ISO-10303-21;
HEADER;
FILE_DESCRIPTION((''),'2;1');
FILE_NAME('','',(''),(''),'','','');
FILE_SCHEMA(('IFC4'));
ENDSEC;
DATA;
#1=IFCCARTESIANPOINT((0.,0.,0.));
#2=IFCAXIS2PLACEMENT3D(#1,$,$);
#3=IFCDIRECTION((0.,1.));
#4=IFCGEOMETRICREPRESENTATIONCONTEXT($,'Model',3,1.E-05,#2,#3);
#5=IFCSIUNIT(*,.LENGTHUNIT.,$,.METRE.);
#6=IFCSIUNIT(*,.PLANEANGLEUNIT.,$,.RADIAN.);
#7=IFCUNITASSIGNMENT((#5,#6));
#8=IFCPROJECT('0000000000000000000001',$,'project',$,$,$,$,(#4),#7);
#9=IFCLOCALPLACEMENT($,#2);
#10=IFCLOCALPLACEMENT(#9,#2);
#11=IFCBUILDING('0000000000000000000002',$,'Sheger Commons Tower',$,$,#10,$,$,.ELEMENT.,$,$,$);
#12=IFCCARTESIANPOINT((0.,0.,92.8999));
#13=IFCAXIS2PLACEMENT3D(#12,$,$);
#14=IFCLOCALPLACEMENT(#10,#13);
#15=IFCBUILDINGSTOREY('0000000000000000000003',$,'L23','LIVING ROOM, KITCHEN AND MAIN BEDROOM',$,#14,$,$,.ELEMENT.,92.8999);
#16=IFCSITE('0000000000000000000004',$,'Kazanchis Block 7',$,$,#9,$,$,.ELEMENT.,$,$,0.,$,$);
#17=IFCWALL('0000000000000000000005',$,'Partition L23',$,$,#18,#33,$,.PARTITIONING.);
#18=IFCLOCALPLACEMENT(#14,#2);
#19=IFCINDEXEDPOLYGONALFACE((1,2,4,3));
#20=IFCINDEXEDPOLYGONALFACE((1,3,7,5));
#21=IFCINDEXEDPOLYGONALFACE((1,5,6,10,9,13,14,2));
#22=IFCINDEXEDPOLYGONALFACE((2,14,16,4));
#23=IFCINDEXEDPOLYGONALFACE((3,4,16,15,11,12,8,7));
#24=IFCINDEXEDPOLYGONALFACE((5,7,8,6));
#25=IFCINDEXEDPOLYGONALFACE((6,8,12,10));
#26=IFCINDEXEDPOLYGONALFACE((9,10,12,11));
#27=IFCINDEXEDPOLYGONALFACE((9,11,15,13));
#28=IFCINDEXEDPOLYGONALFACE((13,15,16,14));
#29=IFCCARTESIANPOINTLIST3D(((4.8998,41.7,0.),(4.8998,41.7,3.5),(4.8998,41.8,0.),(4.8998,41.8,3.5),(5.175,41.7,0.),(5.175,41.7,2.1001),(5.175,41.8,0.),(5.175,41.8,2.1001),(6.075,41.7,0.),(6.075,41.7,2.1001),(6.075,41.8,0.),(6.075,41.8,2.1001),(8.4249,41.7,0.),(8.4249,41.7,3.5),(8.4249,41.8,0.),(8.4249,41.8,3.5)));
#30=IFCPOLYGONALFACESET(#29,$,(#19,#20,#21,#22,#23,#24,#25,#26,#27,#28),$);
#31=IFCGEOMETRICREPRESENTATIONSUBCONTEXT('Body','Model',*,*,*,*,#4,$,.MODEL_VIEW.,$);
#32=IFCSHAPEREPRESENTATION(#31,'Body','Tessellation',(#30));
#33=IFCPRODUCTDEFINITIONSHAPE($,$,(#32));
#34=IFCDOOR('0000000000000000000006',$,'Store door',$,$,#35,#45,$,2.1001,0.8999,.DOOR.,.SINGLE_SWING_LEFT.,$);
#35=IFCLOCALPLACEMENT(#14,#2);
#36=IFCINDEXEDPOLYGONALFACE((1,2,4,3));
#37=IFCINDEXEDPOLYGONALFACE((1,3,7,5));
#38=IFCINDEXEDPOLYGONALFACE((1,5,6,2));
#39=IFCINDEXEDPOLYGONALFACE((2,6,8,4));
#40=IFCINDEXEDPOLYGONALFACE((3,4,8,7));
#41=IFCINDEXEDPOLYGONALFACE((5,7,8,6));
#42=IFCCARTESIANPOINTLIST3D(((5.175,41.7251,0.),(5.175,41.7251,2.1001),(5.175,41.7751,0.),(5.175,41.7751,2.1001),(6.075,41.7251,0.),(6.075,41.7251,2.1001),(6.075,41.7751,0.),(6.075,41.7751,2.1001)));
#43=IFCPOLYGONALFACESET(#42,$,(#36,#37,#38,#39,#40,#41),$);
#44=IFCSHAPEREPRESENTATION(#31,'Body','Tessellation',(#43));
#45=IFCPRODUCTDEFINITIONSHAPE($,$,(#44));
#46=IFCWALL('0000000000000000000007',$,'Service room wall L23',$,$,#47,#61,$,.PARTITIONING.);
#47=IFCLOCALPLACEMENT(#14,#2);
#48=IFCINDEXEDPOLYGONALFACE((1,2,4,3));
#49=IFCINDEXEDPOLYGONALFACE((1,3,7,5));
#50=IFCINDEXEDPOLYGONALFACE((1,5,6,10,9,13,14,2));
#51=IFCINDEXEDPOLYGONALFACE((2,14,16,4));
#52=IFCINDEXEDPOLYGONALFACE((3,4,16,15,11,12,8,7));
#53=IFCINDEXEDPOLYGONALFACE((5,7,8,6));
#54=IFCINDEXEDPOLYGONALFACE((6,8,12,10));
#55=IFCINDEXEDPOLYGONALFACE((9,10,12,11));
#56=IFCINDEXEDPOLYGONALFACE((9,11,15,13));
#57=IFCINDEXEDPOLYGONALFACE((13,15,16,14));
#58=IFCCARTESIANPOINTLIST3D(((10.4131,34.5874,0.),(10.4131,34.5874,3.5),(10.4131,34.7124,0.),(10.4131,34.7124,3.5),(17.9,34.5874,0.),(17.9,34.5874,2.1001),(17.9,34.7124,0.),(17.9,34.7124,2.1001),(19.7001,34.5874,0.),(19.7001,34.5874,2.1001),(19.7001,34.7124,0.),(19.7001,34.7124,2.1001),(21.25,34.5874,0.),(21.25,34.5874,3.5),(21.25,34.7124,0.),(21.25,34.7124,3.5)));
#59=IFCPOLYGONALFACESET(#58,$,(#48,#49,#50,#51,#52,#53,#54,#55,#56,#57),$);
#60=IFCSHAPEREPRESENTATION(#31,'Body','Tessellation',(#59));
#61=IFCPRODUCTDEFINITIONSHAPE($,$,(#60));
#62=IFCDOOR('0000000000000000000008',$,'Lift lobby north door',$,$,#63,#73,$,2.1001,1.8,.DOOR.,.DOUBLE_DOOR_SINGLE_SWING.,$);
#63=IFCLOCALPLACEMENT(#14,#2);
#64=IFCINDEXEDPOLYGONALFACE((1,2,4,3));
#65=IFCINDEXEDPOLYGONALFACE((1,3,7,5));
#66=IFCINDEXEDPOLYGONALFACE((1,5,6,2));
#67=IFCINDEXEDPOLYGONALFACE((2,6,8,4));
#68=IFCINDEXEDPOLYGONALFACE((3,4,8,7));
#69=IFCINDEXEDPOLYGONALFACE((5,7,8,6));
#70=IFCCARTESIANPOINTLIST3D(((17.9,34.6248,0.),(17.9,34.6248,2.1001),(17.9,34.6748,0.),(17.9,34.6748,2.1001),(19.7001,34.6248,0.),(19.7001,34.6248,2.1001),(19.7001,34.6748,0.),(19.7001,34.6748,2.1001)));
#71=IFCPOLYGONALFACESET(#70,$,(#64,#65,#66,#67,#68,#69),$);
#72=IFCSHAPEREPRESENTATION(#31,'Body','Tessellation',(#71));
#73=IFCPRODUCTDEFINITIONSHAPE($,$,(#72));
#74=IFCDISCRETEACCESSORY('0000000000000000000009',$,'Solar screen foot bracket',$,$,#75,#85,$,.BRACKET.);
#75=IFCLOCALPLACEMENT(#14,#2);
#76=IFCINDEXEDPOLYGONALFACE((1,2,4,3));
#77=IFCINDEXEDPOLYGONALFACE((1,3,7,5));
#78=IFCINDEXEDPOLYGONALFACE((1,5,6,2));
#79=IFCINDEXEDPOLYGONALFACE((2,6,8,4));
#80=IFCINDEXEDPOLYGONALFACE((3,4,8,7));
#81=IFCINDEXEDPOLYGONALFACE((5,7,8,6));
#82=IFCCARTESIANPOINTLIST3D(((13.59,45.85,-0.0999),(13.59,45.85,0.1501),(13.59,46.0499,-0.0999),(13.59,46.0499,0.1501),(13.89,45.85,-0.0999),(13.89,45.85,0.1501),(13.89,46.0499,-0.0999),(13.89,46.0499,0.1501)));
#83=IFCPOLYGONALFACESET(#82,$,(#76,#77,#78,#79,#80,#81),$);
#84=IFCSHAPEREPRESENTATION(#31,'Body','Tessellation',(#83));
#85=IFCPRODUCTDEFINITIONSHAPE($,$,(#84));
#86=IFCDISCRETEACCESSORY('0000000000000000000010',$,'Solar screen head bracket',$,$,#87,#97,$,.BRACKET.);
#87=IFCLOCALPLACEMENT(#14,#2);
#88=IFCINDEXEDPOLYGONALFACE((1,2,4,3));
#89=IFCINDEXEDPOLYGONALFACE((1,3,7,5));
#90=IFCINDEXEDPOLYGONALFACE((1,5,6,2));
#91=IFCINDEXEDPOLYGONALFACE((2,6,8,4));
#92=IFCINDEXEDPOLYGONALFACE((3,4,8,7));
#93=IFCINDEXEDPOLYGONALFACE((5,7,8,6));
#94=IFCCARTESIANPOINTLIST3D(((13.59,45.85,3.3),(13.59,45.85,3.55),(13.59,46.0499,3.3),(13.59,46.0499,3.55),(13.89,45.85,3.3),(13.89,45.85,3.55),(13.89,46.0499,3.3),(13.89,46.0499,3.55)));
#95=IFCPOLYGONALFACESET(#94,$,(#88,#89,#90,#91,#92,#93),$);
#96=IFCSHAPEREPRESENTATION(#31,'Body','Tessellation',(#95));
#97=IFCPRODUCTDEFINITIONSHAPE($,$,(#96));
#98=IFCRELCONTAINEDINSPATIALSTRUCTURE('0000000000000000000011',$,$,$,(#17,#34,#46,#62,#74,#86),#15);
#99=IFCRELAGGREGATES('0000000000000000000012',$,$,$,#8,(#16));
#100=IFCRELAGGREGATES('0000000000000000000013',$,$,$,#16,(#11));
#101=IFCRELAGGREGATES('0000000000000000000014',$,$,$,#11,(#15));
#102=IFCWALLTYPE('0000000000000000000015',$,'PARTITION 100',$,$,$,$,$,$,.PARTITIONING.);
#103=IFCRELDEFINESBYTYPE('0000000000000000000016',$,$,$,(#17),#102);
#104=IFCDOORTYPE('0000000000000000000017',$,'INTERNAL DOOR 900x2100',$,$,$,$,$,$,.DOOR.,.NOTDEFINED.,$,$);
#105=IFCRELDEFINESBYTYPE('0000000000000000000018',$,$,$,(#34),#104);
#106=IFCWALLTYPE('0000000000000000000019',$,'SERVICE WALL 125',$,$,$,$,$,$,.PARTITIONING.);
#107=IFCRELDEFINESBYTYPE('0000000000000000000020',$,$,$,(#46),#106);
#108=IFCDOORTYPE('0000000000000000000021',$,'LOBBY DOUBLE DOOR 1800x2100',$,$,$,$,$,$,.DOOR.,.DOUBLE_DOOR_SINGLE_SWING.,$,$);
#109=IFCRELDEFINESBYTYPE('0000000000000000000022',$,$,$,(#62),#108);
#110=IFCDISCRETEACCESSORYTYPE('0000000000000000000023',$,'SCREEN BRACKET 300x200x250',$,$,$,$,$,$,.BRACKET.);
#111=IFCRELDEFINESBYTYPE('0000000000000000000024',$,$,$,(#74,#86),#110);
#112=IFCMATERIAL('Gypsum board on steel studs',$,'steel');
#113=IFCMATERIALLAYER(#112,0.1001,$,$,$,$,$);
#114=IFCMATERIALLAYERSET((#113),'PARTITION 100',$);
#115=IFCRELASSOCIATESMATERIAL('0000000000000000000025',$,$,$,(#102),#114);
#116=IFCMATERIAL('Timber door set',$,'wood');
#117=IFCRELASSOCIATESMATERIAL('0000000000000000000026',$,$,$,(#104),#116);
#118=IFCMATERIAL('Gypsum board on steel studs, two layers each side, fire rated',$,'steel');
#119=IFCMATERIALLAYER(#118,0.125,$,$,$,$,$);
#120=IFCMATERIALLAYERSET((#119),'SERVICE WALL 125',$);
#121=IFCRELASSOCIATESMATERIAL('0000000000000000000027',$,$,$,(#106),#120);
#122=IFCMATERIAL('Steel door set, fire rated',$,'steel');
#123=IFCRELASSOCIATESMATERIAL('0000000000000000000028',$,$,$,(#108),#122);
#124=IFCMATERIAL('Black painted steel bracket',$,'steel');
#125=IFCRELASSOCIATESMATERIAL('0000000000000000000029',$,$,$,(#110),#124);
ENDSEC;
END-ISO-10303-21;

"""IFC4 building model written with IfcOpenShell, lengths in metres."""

from ifc_helpers import new_model, si_unit, direction, frame, frame_2d, origin, origin_2d, place, context, subcontext, project, spatial, rectangle, extrude, material, layer, layer_set, type_object, element, fill, save


model = new_model("IFC4")

# Units and contexts
model_context = context("Model", 3, precision=1e-05, world=origin(), true_north=direction((0.0, 1.0)))
body_context = subcontext(model_context, "Body", "Model", "MODEL_VIEW")
ifc_project = project(units=[si_unit("LENGTHUNIT", "METRE"), si_unit("PLANEANGLEUNIT", "RADIAN")], contexts=[model_context])

# Site, building, storey
site_placement = place(None, origin())
site = spatial("IfcSite", under=ifc_project, at=site_placement, Name="Kazanchis Block 7", CompositionType="ELEMENT", RefElevation=0.0)
building_placement = place(site_placement, origin())
building = spatial("IfcBuilding", under=site, at=building_placement, Name="Sheger Commons Tower", CompositionType="ELEMENT")
storey_placement = place(building_placement, frame((0.0, 0.0, 92.8999)))
storey = spatial("IfcBuildingStorey", under=building, at=storey_placement, Name="L23", Description="LIVING ROOM, KITCHEN AND MAIN BEDROOM", CompositionType="ELEMENT", Elevation=92.8999)

# Shared definitions
ifc_material_1 = material(Name="Gypsum board on steel studs", Category="steel")
ifc_layer_1 = layer(ifc_material_1, 0.1001)
ifc_layer_set_1 = layer_set([ifc_layer_1], Name="PARTITION 100")
wall_type_1 = type_object("IfcWallType", Name="PARTITION 100", PredefinedType="PARTITIONING", material=ifc_layer_set_1)

# Walls, openings, doors
wall_1_placement = place(storey_placement, frame((8.425, 41.75, 0.0), z_axis=(0.0, 0.0, 1.0), x_axis=(-1.0, 0.0, 0.0)))
wall_1 = element("IfcWall", 1, at=wall_1_placement, inside=storey, type_object=wall_type_1, Name="Partition L23", PredefinedType="PARTITIONING", context=body_context, shape_type="SweptSolid", body=[
    extrude(rectangle(XDim=3.5251, YDim=0.1001, at=frame_2d((1.7627, 0.0))), origin(), (0.0, 0.0, 1.0), 3.5),
])
opening_1_placement = place(wall_1_placement, frame((2.3501, 0.0, 0.0)))
opening_1 = element("IfcOpeningElement", 2, at=opening_1_placement, cuts=wall_1, PredefinedType="OPENING", context=body_context, shape_type="SweptSolid", body=[
    extrude(rectangle(XDim=0.8999, YDim=2.1001, at=frame_2d((0.45, 1.05))), frame((0.0, 0.0601, 0.0), z_axis=(0.0, -1.0, 0.0), x_axis=(1.0, 0.0, 0.0)), (0.0, 0.0, 1.0), 0.1201),
])
ifc_material_2 = material(Name="Timber door set", Category="wood")
door_type_1 = type_object("IfcDoorType", Name="INTERNAL DOOR 900x2100", OperationType="NOTDEFINED", PredefinedType="DOOR", material=ifc_material_2)
door_1_placement = place(opening_1_placement, origin())
door_1 = element("IfcDoor", 3, at=door_1_placement, inside=storey, type_object=door_type_1, Name="Store door", OperationType="SINGLE_SWING_LEFT", OverallHeight=2.1001, OverallWidth=0.8999, PredefinedType="DOOR", context=body_context, shape_type="SweptSolid", body=[
    extrude(rectangle(XDim=0.8999, YDim=2.1001, at=frame_2d((0.45, 1.05))), frame((0.0, 0.0249, 0.0), z_axis=(0.0, -1.0, 0.0), x_axis=(1.0, 0.0, 0.0)), (0.0, 0.0, 1.0), 0.05),
])
fill(opening_1, door_1)
ifc_material_3 = material(Name="Gypsum board on steel studs, two layers each side, fire rated", Category="steel")
ifc_layer_2 = layer(ifc_material_3, 0.125)
ifc_layer_set_2 = layer_set([ifc_layer_2], Name="SERVICE WALL 125")
wall_type_2 = type_object("IfcWallType", Name="SERVICE WALL 125", PredefinedType="PARTITIONING", material=ifc_layer_set_2)
wall_2_placement = place(storey_placement, frame((10.4131, 34.6499, 0.0), z_axis=(0.0, 0.0, 1.0), x_axis=(1.0, 0.0, 0.0)))
wall_2 = element("IfcWall", 4, at=wall_2_placement, inside=storey, type_object=wall_type_2, Name="Service room wall L23", PredefinedType="PARTITIONING", context=body_context, shape_type="SweptSolid", body=[
    extrude(rectangle(XDim=10.8369, YDim=0.125, at=frame_2d((5.4185, 0.0))), origin(), (0.0, 0.0, 1.0), 3.5),
])
opening_2_placement = place(wall_2_placement, frame((7.4871, 0.0, 0.0)))
opening_2 = element("IfcOpeningElement", 5, at=opening_2_placement, cuts=wall_2, PredefinedType="OPENING", context=body_context, shape_type="SweptSolid", body=[
    extrude(rectangle(XDim=1.8, YDim=2.1001, at=frame_2d((0.8999, 1.05))), frame((0.0, 0.0725, 0.0), z_axis=(0.0, -1.0, 0.0), x_axis=(1.0, 0.0, 0.0)), (0.0, 0.0, 1.0), 0.145),
])
ifc_material_4 = material(Name="Steel door set, fire rated", Category="steel")
door_type_2 = type_object("IfcDoorType", Name="LOBBY DOUBLE DOOR 1800x2100", OperationType="DOUBLE_DOOR_SINGLE_SWING", PredefinedType="DOOR", material=ifc_material_4)
door_2_placement = place(opening_2_placement, origin())
door_2 = element("IfcDoor", 6, at=door_2_placement, inside=storey, type_object=door_type_2, Name="Lift lobby north door", OperationType="DOUBLE_DOOR_SINGLE_SWING", OverallHeight=2.1001, OverallWidth=1.8, PredefinedType="DOOR", context=body_context, shape_type="SweptSolid", body=[
    extrude(rectangle(XDim=1.8, YDim=2.1001, at=frame_2d((0.8999, 1.05))), frame((0.0, 0.0249, 0.0), z_axis=(0.0, -1.0, 0.0), x_axis=(1.0, 0.0, 0.0)), (0.0, 0.0, 1.0), 0.05),
])
fill(opening_2, door_2)

# Discrete accessories
ifc_material_5 = material(Name="Black painted steel bracket", Category="steel")
discrete_accessory_type = type_object("IfcDiscreteAccessoryType", Name="SCREEN BRACKET 300x200x250", PredefinedType="BRACKET", material=ifc_material_5)
for number, where, z_axis, x_axis, name in (
    (7, (13.74, 45.95, -0.0999), (0.0, 0.0, 1.0), (-1.0, 0.0, 0.0), "Solar screen foot bracket"),
    (8, (13.74, 45.95, 3.3), (0.0, 0.0, 1.0), (-1.0, 0.0, 0.0), "Solar screen head bracket"),
):
    element("IfcDiscreteAccessory", number, at=place(storey_placement, frame(where, z_axis=z_axis, x_axis=x_axis)), inside=storey, type_object=discrete_accessory_type, Name=name, PredefinedType="BRACKET", context=body_context, shape_type="SweptSolid", body=[
        extrude(rectangle(XDim=0.3, YDim=0.2, at=origin_2d()), origin(), (0.0, 0.0, 1.0), 0.25),
    ])

save(model, "model.ifc")
